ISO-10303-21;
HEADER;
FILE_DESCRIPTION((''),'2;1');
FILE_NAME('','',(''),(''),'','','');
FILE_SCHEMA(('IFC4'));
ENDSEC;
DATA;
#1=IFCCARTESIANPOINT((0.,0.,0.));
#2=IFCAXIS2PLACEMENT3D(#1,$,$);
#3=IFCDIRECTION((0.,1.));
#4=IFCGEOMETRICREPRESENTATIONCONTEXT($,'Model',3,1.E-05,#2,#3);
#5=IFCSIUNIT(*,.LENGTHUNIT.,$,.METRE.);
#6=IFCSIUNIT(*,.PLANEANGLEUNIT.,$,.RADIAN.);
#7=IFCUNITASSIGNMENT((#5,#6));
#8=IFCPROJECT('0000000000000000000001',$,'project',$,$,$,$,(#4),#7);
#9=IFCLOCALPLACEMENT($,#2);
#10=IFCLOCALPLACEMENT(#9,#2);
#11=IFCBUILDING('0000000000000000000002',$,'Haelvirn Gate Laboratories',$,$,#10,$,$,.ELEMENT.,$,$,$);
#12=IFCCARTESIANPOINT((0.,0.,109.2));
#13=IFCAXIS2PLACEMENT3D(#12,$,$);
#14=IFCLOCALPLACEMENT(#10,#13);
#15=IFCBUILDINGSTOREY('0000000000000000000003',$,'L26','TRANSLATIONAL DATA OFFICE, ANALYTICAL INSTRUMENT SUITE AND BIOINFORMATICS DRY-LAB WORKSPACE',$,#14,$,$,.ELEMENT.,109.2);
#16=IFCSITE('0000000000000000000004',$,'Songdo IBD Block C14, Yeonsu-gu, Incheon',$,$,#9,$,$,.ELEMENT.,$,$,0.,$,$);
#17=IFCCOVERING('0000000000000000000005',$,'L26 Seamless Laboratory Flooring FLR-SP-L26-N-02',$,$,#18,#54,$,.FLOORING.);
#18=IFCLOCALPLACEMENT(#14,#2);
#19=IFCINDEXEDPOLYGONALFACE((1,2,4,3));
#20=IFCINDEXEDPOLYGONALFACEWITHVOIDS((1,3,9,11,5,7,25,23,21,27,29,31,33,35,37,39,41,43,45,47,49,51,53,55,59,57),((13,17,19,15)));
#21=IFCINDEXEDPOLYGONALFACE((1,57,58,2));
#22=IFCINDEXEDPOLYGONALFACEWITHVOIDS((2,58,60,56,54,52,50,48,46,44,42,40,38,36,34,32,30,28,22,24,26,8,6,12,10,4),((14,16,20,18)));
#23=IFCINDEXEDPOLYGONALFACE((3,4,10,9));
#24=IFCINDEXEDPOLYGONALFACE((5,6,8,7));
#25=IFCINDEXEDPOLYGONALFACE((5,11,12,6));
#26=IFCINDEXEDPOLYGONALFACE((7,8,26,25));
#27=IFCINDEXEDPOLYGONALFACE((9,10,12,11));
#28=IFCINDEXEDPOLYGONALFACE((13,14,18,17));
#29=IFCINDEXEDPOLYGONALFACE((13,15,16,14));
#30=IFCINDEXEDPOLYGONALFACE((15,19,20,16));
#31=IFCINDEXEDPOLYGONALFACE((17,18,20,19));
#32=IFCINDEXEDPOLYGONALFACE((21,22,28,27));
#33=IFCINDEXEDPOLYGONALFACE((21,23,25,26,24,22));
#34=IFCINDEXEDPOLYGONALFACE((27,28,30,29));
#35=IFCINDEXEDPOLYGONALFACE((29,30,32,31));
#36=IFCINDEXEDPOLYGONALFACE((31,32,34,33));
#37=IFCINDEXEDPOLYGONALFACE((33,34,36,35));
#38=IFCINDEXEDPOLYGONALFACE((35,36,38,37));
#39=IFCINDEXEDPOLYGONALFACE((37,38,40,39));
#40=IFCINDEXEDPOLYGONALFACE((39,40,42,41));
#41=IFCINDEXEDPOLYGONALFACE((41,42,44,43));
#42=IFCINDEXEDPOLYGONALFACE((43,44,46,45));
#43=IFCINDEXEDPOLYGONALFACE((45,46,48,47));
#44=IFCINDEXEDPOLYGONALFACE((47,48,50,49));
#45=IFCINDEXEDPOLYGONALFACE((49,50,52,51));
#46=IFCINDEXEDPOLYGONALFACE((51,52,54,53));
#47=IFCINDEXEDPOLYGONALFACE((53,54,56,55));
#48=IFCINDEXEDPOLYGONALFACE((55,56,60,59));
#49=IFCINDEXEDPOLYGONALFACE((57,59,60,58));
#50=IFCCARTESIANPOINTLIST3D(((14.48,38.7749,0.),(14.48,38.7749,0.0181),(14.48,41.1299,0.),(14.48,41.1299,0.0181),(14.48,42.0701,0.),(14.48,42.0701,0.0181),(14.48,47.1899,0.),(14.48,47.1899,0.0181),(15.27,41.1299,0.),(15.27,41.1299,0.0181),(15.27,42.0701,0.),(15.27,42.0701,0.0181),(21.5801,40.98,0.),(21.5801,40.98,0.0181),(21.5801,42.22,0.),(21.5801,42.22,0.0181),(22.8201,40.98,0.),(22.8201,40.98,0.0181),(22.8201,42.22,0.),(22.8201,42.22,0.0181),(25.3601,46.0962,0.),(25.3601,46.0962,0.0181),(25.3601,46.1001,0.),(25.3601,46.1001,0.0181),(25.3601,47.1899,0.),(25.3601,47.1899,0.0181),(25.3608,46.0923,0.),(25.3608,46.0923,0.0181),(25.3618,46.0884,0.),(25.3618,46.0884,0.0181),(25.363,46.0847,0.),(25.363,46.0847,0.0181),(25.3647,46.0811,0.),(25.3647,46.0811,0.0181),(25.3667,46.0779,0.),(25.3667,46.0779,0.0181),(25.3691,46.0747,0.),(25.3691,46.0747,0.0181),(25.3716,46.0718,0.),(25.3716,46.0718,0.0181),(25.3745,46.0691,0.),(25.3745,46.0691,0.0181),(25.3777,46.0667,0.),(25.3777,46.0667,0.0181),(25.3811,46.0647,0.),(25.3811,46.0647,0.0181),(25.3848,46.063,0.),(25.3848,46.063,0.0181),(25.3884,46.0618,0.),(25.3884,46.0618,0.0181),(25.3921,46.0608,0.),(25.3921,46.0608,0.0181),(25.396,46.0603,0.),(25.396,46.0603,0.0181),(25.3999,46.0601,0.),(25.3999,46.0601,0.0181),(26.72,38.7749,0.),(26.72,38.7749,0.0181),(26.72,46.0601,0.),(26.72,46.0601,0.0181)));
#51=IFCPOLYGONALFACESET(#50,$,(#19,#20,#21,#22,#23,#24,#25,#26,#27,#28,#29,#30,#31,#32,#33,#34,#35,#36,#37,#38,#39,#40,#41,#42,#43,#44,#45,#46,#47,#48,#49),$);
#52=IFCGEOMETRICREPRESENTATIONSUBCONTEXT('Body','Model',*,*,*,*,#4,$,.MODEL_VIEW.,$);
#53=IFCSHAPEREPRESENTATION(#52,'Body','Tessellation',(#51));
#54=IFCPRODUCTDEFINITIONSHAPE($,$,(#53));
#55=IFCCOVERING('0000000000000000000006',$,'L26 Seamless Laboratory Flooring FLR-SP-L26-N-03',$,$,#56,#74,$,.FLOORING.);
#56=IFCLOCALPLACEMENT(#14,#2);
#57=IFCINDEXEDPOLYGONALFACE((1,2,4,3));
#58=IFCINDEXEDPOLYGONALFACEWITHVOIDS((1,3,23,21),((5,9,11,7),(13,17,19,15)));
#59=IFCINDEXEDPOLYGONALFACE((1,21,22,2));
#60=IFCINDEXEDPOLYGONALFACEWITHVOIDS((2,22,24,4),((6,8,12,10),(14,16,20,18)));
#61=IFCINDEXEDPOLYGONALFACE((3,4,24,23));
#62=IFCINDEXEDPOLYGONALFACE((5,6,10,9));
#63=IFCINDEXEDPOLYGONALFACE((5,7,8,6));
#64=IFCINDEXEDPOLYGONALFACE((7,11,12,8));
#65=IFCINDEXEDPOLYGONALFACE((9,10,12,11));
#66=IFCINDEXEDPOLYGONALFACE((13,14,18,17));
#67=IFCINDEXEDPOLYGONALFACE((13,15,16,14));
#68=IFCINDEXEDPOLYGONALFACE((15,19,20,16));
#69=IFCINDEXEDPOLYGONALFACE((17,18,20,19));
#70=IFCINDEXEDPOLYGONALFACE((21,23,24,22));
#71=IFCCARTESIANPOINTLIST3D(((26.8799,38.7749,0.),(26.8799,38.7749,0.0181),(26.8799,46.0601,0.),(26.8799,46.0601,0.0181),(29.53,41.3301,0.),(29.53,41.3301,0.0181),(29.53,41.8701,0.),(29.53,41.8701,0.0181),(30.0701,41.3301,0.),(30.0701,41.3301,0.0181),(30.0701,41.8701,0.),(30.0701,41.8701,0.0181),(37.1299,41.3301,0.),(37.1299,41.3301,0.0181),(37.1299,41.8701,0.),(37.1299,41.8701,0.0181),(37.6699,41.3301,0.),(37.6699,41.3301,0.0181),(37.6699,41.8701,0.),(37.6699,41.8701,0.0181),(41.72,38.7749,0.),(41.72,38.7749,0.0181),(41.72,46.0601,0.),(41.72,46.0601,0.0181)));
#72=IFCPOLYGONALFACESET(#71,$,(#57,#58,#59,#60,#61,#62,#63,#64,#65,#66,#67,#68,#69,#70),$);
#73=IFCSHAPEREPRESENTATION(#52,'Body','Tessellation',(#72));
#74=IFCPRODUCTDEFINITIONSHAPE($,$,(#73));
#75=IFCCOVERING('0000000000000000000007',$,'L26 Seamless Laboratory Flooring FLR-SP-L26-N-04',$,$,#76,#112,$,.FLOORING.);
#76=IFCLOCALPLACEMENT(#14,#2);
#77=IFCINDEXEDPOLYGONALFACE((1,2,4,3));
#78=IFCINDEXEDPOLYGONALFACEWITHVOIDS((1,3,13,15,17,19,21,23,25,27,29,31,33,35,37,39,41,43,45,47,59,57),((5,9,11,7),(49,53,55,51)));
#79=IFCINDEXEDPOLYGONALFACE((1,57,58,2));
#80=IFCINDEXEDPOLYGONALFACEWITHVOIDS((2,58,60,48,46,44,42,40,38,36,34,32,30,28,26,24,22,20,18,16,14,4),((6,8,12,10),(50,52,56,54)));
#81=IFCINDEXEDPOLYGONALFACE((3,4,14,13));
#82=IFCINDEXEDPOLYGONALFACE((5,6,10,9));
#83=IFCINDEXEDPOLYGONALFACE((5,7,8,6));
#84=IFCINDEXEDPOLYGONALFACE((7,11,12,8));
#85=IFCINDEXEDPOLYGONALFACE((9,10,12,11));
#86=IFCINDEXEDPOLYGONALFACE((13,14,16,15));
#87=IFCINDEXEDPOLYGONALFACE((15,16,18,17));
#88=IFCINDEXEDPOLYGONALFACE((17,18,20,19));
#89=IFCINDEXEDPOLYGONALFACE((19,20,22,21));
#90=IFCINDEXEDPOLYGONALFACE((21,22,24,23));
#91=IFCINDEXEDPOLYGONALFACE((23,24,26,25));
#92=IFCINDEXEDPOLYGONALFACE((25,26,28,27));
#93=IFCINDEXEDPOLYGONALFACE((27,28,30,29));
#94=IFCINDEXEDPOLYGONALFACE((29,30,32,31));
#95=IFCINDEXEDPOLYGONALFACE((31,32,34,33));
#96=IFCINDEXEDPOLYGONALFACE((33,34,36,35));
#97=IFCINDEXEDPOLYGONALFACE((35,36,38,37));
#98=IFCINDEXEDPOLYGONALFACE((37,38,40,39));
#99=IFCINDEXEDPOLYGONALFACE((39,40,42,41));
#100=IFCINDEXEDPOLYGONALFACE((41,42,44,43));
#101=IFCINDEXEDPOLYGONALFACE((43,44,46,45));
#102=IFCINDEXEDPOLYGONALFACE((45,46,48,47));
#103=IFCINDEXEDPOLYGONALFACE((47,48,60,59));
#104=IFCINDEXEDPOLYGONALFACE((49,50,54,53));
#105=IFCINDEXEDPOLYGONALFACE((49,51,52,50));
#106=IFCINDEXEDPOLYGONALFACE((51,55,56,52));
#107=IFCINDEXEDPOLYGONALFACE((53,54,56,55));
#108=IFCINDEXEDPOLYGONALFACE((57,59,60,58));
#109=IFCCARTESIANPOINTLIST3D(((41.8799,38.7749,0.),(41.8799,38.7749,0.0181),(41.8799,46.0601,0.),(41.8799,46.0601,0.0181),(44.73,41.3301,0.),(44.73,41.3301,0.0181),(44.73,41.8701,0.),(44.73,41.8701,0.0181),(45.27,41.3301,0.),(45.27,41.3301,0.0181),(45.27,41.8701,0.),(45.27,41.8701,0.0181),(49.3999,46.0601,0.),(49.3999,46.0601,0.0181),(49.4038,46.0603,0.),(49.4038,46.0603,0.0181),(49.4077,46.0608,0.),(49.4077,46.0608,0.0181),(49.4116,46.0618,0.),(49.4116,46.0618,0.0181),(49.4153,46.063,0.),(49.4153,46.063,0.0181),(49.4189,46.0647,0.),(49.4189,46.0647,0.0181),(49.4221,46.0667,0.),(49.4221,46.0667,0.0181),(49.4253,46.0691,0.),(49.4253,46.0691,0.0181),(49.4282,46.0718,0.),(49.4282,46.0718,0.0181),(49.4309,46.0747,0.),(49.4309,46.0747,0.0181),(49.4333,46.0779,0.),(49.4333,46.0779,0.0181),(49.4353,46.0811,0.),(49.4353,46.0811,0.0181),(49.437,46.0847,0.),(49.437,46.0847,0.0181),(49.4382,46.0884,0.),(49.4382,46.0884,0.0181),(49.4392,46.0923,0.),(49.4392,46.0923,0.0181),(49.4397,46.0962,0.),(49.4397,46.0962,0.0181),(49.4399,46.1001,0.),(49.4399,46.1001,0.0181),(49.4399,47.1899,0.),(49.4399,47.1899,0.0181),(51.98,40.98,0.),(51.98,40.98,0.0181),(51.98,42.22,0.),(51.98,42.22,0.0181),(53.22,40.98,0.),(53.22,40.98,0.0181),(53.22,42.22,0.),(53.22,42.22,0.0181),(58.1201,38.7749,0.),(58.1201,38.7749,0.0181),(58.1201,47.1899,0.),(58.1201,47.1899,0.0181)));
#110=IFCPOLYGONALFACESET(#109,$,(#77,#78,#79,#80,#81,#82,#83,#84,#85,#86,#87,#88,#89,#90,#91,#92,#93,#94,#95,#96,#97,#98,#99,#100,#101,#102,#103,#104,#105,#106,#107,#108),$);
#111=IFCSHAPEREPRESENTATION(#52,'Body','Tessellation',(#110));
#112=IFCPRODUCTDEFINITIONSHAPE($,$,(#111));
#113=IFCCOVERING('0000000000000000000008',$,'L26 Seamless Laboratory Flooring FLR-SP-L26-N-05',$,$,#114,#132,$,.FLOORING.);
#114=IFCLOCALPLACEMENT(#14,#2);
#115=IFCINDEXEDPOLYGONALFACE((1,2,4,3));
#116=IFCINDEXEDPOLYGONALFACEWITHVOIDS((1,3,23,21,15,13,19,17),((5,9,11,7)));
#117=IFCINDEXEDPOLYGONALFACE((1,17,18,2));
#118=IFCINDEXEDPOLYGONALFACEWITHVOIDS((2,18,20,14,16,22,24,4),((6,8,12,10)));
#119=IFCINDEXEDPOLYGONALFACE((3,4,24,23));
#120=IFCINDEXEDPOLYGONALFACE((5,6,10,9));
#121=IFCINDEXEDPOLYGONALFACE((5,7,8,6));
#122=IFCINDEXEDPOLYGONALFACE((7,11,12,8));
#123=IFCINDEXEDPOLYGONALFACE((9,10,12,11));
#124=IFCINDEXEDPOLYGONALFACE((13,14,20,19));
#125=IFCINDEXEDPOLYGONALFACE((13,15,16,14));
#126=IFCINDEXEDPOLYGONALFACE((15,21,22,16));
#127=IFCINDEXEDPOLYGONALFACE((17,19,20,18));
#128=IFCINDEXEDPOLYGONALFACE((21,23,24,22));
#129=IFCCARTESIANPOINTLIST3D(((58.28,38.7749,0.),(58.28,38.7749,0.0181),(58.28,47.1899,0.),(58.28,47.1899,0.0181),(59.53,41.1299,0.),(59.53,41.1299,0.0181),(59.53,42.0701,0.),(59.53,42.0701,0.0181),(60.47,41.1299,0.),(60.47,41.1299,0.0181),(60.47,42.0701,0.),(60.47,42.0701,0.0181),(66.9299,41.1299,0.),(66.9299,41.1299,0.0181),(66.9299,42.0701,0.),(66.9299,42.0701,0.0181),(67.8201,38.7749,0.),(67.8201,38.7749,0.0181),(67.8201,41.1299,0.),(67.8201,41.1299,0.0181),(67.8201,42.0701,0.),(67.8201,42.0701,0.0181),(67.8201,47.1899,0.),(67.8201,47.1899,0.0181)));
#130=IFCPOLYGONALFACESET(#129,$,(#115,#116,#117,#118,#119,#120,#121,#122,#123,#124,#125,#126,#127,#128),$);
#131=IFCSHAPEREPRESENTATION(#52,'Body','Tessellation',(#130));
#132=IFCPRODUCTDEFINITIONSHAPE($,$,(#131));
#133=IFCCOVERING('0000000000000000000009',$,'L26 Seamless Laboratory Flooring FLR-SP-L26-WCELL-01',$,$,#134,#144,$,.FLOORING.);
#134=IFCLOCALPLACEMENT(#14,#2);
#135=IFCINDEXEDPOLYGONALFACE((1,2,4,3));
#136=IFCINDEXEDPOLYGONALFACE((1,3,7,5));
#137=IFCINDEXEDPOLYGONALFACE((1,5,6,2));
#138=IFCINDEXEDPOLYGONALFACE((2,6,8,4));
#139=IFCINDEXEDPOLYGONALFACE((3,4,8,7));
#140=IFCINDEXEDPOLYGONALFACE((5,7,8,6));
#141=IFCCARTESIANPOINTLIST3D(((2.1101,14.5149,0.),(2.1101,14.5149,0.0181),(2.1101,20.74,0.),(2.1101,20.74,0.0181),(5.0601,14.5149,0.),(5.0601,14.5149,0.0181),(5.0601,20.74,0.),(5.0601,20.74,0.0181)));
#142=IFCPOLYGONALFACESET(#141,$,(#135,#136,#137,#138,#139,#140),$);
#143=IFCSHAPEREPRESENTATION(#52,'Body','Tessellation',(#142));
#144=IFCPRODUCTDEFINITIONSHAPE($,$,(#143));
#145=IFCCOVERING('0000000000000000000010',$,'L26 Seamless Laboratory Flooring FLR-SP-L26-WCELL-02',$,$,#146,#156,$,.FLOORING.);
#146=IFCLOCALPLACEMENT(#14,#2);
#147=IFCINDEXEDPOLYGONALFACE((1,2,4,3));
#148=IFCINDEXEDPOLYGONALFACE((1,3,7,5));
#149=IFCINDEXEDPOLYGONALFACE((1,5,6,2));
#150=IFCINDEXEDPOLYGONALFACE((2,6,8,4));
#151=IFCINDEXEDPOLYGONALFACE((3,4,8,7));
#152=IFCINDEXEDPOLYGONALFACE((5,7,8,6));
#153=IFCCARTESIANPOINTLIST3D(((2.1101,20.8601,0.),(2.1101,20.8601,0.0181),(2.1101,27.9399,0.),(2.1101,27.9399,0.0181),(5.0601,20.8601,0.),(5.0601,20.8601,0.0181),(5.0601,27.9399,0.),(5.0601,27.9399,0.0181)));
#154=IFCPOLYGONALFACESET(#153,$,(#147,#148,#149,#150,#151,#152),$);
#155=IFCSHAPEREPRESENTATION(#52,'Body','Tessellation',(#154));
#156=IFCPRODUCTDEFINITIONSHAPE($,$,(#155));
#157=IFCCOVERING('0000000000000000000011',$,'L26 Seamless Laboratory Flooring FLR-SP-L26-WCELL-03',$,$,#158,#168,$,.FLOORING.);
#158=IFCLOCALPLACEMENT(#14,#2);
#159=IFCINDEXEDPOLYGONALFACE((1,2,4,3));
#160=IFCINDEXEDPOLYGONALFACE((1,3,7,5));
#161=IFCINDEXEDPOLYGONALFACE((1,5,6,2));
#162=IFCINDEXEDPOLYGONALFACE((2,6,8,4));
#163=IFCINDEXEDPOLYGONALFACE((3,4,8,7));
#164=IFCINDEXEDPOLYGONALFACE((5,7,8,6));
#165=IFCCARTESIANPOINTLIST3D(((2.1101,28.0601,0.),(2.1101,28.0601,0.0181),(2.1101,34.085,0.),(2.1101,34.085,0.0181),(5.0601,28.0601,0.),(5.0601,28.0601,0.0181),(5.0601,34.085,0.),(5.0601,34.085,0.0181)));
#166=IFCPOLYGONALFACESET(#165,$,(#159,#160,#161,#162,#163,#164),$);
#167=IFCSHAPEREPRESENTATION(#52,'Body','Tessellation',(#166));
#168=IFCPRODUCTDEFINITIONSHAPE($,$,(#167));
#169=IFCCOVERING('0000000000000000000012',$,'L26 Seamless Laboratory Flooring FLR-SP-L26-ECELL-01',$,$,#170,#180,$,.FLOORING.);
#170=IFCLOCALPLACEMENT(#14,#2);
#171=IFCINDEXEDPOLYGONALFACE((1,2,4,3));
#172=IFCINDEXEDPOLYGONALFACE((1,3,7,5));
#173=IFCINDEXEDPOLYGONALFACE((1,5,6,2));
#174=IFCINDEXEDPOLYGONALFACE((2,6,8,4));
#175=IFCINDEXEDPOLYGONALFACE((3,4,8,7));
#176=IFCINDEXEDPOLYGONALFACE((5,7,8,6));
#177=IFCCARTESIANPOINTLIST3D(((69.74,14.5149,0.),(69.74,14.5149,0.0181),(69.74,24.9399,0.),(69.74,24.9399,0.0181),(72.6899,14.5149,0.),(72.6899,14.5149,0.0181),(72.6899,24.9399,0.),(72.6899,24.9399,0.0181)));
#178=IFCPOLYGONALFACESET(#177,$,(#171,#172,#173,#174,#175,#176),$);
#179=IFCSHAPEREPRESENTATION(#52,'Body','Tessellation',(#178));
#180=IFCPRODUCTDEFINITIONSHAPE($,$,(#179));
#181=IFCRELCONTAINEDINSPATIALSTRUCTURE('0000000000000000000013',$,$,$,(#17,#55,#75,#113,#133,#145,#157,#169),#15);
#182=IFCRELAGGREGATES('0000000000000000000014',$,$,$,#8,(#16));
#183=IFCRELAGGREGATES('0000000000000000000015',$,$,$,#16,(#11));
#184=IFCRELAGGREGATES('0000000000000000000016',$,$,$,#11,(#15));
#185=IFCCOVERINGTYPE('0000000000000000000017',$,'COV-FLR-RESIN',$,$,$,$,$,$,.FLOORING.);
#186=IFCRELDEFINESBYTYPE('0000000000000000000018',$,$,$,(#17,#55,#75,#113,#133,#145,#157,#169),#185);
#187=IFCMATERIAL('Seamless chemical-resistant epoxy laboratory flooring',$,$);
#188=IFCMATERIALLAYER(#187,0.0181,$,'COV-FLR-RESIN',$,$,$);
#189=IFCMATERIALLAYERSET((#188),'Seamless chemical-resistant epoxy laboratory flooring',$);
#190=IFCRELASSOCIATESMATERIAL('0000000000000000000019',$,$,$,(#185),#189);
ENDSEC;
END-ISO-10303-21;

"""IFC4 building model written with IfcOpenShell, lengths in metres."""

from ifc_helpers import new_model, si_unit, direction, frame, origin, place, context, subcontext, project, spatial, polyline, outline, extrude, material, layer, layer_set, type_object, element, save


model = new_model("IFC4")

# Units and contexts
model_context = context("Model", 3, precision=1e-05, world=origin(), true_north=direction((0.0, 1.0)))
body_context = subcontext(model_context, "Body", "Model", "MODEL_VIEW")
ifc_project = project(units=[si_unit("LENGTHUNIT", "METRE"), si_unit("PLANEANGLEUNIT", "RADIAN")], contexts=[model_context])

# Site, building, storey
site_placement = place(None, origin())
site = spatial("IfcSite", under=ifc_project, at=site_placement, Name="Songdo IBD Block C14, Yeonsu-gu, Incheon", CompositionType="ELEMENT", RefElevation=0.0)
building_placement = place(site_placement, origin())
building = spatial("IfcBuilding", under=site, at=building_placement, Name="Haelvirn Gate Laboratories", CompositionType="ELEMENT")
storey_placement = place(building_placement, frame((0.0, 0.0, 109.2)))
storey = spatial("IfcBuildingStorey", under=building, at=storey_placement, Name="L26", Description="TRANSLATIONAL DATA OFFICE, ANALYTICAL INSTRUMENT SUITE AND BIOINFORMATICS DRY-LAB WORKSPACE", CompositionType="ELEMENT", Elevation=109.2)

# Coverings
ifc_material_1 = material(Name="Seamless chemical-resistant epoxy laboratory flooring")
ifc_layer_1 = layer(ifc_material_1, 0.0181, Name="COV-FLR-RESIN")
ifc_layer_set_1 = layer_set([ifc_layer_1], Name="Seamless chemical-resistant epoxy laboratory flooring")
covering_type = type_object("IfcCoveringType", Name="COV-FLR-RESIN", PredefinedType="FLOORING", material=ifc_layer_set_1)
covering_1_placement = place(storey_placement, origin())
element("IfcCovering", 1, at=covering_1_placement, inside=storey, type_object=covering_type, Name="L26 Seamless Laboratory Flooring FLR-SP-L26-N-02", PredefinedType="FLOORING", context=body_context, shape_type="SweptSolid", body=[
    extrude(outline(polyline([(15.27, 41.1299), (15.27, 42.0701), (14.48, 42.0701), (14.48, 47.1899), (25.3601, 47.1899), (25.3601, 46.1001), (25.3601, 46.0962), (25.3608, 46.0923), (25.3618, 46.0884), (25.363, 46.0847), (25.3647, 46.0811), (25.3667, 46.0779), (25.3691, 46.0747), (25.3716, 46.0718), (25.3745, 46.0691), (25.3777, 46.0667), (25.3811, 46.0647), (25.3848, 46.063), (25.3884, 46.0618), (25.3921, 46.0608), (25.396, 46.0603), (25.3999, 46.0601), (26.72, 46.0601), (26.72, 38.7749), (14.48, 38.7749), (14.48, 41.1299), (15.27, 41.1299)]), holes=[polyline([(21.5801, 42.22), (21.5801, 40.98), (22.8201, 40.98), (22.8201, 42.22), (21.5801, 42.22)])]), origin(), (0.0, 0.0, 1.0), 0.0181),
])
covering_2_placement = place(storey_placement, origin())
element("IfcCovering", 2, at=covering_2_placement, inside=storey, type_object=covering_type, Name="L26 Seamless Laboratory Flooring FLR-SP-L26-N-03", PredefinedType="FLOORING", context=body_context, shape_type="SweptSolid", body=[
    extrude(outline(polyline([(41.72, 46.0601), (41.72, 38.7749), (26.8799, 38.7749), (26.8799, 46.0601), (41.72, 46.0601)]), holes=[polyline([(29.53, 41.3301), (30.0701, 41.3301), (30.0701, 41.8701), (29.53, 41.8701), (29.53, 41.3301)]), polyline([(37.1299, 41.8701), (37.1299, 41.3301), (37.6699, 41.3301), (37.6699, 41.8701), (37.1299, 41.8701)])]), origin(), (0.0, 0.0, 1.0), 0.0181),
])
covering_3_placement = place(storey_placement, origin())
element("IfcCovering", 3, at=covering_3_placement, inside=storey, type_object=covering_type, Name="L26 Seamless Laboratory Flooring FLR-SP-L26-N-04", PredefinedType="FLOORING", context=body_context, shape_type="SweptSolid", body=[
    extrude(outline(polyline([(41.8799, 46.0601), (49.3999, 46.0601), (49.4038, 46.0603), (49.4077, 46.0608), (49.4116, 46.0618), (49.4153, 46.063), (49.4189, 46.0647), (49.4221, 46.0667), (49.4253, 46.0691), (49.4282, 46.0718), (49.4309, 46.0747), (49.4333, 46.0779), (49.4353, 46.0811), (49.437, 46.0847), (49.4382, 46.0884), (49.4392, 46.0923), (49.4397, 46.0962), (49.4399, 46.1001), (49.4399, 47.1899), (58.1201, 47.1899), (58.1201, 38.7749), (41.8799, 38.7749), (41.8799, 46.0601)]), holes=[polyline([(51.98, 40.98), (53.22, 40.98), (53.22, 42.22), (51.98, 42.22), (51.98, 40.98)]), polyline([(44.73, 41.8701), (44.73, 41.3301), (45.27, 41.3301), (45.27, 41.8701), (44.73, 41.8701)])]), origin(), (0.0, 0.0, 1.0), 0.0181),
])
covering_4_placement = place(storey_placement, origin())
element("IfcCovering", 4, at=covering_4_placement, inside=storey, type_object=covering_type, Name="L26 Seamless Laboratory Flooring FLR-SP-L26-N-05", PredefinedType="FLOORING", context=body_context, shape_type="SweptSolid", body=[
    extrude(outline(polyline([(67.8201, 42.0701), (66.9299, 42.0701), (66.9299, 41.1299), (67.8201, 41.1299), (67.8201, 38.7749), (58.28, 38.7749), (58.28, 47.1899), (67.8201, 47.1899), (67.8201, 42.0701)]), holes=[polyline([(59.53, 41.1299), (60.47, 41.1299), (60.47, 42.0701), (59.53, 42.0701), (59.53, 41.1299)])]), origin(), (0.0, 0.0, 1.0), 0.0181),
])
covering_5_placement = place(storey_placement, origin())
element("IfcCovering", 5, at=covering_5_placement, inside=storey, type_object=covering_type, Name="L26 Seamless Laboratory Flooring FLR-SP-L26-WCELL-01", PredefinedType="FLOORING", context=body_context, shape_type="SweptSolid", body=[
    extrude(outline(polyline([(2.1101, 20.74), (5.0601, 20.74), (5.0601, 14.5149), (2.1101, 14.5149), (2.1101, 20.74)])), origin(), (0.0, 0.0, 1.0), 0.0181),
])
covering_6_placement = place(storey_placement, origin())
element("IfcCovering", 6, at=covering_6_placement, inside=storey, type_object=covering_type, Name="L26 Seamless Laboratory Flooring FLR-SP-L26-WCELL-02", PredefinedType="FLOORING", context=body_context, shape_type="SweptSolid", body=[
    extrude(outline(polyline([(2.1101, 27.9399), (5.0601, 27.9399), (5.0601, 20.8601), (2.1101, 20.8601), (2.1101, 27.9399)])), origin(), (0.0, 0.0, 1.0), 0.0181),
])
covering_7_placement = place(storey_placement, origin())
element("IfcCovering", 7, at=covering_7_placement, inside=storey, type_object=covering_type, Name="L26 Seamless Laboratory Flooring FLR-SP-L26-WCELL-03", PredefinedType="FLOORING", context=body_context, shape_type="SweptSolid", body=[
    extrude(outline(polyline([(2.1101, 34.085), (5.0601, 34.085), (5.0601, 28.0601), (2.1101, 28.0601), (2.1101, 34.085)])), origin(), (0.0, 0.0, 1.0), 0.0181),
])
covering_8_placement = place(storey_placement, origin())
element("IfcCovering", 8, at=covering_8_placement, inside=storey, type_object=covering_type, Name="L26 Seamless Laboratory Flooring FLR-SP-L26-ECELL-01", PredefinedType="FLOORING", context=body_context, shape_type="SweptSolid", body=[
    extrude(outline(polyline([(69.74, 24.9399), (72.6899, 24.9399), (72.6899, 14.5149), (69.74, 14.5149), (69.74, 24.9399)])), origin(), (0.0, 0.0, 1.0), 0.0181),
])

save(model, "model.ifc")
